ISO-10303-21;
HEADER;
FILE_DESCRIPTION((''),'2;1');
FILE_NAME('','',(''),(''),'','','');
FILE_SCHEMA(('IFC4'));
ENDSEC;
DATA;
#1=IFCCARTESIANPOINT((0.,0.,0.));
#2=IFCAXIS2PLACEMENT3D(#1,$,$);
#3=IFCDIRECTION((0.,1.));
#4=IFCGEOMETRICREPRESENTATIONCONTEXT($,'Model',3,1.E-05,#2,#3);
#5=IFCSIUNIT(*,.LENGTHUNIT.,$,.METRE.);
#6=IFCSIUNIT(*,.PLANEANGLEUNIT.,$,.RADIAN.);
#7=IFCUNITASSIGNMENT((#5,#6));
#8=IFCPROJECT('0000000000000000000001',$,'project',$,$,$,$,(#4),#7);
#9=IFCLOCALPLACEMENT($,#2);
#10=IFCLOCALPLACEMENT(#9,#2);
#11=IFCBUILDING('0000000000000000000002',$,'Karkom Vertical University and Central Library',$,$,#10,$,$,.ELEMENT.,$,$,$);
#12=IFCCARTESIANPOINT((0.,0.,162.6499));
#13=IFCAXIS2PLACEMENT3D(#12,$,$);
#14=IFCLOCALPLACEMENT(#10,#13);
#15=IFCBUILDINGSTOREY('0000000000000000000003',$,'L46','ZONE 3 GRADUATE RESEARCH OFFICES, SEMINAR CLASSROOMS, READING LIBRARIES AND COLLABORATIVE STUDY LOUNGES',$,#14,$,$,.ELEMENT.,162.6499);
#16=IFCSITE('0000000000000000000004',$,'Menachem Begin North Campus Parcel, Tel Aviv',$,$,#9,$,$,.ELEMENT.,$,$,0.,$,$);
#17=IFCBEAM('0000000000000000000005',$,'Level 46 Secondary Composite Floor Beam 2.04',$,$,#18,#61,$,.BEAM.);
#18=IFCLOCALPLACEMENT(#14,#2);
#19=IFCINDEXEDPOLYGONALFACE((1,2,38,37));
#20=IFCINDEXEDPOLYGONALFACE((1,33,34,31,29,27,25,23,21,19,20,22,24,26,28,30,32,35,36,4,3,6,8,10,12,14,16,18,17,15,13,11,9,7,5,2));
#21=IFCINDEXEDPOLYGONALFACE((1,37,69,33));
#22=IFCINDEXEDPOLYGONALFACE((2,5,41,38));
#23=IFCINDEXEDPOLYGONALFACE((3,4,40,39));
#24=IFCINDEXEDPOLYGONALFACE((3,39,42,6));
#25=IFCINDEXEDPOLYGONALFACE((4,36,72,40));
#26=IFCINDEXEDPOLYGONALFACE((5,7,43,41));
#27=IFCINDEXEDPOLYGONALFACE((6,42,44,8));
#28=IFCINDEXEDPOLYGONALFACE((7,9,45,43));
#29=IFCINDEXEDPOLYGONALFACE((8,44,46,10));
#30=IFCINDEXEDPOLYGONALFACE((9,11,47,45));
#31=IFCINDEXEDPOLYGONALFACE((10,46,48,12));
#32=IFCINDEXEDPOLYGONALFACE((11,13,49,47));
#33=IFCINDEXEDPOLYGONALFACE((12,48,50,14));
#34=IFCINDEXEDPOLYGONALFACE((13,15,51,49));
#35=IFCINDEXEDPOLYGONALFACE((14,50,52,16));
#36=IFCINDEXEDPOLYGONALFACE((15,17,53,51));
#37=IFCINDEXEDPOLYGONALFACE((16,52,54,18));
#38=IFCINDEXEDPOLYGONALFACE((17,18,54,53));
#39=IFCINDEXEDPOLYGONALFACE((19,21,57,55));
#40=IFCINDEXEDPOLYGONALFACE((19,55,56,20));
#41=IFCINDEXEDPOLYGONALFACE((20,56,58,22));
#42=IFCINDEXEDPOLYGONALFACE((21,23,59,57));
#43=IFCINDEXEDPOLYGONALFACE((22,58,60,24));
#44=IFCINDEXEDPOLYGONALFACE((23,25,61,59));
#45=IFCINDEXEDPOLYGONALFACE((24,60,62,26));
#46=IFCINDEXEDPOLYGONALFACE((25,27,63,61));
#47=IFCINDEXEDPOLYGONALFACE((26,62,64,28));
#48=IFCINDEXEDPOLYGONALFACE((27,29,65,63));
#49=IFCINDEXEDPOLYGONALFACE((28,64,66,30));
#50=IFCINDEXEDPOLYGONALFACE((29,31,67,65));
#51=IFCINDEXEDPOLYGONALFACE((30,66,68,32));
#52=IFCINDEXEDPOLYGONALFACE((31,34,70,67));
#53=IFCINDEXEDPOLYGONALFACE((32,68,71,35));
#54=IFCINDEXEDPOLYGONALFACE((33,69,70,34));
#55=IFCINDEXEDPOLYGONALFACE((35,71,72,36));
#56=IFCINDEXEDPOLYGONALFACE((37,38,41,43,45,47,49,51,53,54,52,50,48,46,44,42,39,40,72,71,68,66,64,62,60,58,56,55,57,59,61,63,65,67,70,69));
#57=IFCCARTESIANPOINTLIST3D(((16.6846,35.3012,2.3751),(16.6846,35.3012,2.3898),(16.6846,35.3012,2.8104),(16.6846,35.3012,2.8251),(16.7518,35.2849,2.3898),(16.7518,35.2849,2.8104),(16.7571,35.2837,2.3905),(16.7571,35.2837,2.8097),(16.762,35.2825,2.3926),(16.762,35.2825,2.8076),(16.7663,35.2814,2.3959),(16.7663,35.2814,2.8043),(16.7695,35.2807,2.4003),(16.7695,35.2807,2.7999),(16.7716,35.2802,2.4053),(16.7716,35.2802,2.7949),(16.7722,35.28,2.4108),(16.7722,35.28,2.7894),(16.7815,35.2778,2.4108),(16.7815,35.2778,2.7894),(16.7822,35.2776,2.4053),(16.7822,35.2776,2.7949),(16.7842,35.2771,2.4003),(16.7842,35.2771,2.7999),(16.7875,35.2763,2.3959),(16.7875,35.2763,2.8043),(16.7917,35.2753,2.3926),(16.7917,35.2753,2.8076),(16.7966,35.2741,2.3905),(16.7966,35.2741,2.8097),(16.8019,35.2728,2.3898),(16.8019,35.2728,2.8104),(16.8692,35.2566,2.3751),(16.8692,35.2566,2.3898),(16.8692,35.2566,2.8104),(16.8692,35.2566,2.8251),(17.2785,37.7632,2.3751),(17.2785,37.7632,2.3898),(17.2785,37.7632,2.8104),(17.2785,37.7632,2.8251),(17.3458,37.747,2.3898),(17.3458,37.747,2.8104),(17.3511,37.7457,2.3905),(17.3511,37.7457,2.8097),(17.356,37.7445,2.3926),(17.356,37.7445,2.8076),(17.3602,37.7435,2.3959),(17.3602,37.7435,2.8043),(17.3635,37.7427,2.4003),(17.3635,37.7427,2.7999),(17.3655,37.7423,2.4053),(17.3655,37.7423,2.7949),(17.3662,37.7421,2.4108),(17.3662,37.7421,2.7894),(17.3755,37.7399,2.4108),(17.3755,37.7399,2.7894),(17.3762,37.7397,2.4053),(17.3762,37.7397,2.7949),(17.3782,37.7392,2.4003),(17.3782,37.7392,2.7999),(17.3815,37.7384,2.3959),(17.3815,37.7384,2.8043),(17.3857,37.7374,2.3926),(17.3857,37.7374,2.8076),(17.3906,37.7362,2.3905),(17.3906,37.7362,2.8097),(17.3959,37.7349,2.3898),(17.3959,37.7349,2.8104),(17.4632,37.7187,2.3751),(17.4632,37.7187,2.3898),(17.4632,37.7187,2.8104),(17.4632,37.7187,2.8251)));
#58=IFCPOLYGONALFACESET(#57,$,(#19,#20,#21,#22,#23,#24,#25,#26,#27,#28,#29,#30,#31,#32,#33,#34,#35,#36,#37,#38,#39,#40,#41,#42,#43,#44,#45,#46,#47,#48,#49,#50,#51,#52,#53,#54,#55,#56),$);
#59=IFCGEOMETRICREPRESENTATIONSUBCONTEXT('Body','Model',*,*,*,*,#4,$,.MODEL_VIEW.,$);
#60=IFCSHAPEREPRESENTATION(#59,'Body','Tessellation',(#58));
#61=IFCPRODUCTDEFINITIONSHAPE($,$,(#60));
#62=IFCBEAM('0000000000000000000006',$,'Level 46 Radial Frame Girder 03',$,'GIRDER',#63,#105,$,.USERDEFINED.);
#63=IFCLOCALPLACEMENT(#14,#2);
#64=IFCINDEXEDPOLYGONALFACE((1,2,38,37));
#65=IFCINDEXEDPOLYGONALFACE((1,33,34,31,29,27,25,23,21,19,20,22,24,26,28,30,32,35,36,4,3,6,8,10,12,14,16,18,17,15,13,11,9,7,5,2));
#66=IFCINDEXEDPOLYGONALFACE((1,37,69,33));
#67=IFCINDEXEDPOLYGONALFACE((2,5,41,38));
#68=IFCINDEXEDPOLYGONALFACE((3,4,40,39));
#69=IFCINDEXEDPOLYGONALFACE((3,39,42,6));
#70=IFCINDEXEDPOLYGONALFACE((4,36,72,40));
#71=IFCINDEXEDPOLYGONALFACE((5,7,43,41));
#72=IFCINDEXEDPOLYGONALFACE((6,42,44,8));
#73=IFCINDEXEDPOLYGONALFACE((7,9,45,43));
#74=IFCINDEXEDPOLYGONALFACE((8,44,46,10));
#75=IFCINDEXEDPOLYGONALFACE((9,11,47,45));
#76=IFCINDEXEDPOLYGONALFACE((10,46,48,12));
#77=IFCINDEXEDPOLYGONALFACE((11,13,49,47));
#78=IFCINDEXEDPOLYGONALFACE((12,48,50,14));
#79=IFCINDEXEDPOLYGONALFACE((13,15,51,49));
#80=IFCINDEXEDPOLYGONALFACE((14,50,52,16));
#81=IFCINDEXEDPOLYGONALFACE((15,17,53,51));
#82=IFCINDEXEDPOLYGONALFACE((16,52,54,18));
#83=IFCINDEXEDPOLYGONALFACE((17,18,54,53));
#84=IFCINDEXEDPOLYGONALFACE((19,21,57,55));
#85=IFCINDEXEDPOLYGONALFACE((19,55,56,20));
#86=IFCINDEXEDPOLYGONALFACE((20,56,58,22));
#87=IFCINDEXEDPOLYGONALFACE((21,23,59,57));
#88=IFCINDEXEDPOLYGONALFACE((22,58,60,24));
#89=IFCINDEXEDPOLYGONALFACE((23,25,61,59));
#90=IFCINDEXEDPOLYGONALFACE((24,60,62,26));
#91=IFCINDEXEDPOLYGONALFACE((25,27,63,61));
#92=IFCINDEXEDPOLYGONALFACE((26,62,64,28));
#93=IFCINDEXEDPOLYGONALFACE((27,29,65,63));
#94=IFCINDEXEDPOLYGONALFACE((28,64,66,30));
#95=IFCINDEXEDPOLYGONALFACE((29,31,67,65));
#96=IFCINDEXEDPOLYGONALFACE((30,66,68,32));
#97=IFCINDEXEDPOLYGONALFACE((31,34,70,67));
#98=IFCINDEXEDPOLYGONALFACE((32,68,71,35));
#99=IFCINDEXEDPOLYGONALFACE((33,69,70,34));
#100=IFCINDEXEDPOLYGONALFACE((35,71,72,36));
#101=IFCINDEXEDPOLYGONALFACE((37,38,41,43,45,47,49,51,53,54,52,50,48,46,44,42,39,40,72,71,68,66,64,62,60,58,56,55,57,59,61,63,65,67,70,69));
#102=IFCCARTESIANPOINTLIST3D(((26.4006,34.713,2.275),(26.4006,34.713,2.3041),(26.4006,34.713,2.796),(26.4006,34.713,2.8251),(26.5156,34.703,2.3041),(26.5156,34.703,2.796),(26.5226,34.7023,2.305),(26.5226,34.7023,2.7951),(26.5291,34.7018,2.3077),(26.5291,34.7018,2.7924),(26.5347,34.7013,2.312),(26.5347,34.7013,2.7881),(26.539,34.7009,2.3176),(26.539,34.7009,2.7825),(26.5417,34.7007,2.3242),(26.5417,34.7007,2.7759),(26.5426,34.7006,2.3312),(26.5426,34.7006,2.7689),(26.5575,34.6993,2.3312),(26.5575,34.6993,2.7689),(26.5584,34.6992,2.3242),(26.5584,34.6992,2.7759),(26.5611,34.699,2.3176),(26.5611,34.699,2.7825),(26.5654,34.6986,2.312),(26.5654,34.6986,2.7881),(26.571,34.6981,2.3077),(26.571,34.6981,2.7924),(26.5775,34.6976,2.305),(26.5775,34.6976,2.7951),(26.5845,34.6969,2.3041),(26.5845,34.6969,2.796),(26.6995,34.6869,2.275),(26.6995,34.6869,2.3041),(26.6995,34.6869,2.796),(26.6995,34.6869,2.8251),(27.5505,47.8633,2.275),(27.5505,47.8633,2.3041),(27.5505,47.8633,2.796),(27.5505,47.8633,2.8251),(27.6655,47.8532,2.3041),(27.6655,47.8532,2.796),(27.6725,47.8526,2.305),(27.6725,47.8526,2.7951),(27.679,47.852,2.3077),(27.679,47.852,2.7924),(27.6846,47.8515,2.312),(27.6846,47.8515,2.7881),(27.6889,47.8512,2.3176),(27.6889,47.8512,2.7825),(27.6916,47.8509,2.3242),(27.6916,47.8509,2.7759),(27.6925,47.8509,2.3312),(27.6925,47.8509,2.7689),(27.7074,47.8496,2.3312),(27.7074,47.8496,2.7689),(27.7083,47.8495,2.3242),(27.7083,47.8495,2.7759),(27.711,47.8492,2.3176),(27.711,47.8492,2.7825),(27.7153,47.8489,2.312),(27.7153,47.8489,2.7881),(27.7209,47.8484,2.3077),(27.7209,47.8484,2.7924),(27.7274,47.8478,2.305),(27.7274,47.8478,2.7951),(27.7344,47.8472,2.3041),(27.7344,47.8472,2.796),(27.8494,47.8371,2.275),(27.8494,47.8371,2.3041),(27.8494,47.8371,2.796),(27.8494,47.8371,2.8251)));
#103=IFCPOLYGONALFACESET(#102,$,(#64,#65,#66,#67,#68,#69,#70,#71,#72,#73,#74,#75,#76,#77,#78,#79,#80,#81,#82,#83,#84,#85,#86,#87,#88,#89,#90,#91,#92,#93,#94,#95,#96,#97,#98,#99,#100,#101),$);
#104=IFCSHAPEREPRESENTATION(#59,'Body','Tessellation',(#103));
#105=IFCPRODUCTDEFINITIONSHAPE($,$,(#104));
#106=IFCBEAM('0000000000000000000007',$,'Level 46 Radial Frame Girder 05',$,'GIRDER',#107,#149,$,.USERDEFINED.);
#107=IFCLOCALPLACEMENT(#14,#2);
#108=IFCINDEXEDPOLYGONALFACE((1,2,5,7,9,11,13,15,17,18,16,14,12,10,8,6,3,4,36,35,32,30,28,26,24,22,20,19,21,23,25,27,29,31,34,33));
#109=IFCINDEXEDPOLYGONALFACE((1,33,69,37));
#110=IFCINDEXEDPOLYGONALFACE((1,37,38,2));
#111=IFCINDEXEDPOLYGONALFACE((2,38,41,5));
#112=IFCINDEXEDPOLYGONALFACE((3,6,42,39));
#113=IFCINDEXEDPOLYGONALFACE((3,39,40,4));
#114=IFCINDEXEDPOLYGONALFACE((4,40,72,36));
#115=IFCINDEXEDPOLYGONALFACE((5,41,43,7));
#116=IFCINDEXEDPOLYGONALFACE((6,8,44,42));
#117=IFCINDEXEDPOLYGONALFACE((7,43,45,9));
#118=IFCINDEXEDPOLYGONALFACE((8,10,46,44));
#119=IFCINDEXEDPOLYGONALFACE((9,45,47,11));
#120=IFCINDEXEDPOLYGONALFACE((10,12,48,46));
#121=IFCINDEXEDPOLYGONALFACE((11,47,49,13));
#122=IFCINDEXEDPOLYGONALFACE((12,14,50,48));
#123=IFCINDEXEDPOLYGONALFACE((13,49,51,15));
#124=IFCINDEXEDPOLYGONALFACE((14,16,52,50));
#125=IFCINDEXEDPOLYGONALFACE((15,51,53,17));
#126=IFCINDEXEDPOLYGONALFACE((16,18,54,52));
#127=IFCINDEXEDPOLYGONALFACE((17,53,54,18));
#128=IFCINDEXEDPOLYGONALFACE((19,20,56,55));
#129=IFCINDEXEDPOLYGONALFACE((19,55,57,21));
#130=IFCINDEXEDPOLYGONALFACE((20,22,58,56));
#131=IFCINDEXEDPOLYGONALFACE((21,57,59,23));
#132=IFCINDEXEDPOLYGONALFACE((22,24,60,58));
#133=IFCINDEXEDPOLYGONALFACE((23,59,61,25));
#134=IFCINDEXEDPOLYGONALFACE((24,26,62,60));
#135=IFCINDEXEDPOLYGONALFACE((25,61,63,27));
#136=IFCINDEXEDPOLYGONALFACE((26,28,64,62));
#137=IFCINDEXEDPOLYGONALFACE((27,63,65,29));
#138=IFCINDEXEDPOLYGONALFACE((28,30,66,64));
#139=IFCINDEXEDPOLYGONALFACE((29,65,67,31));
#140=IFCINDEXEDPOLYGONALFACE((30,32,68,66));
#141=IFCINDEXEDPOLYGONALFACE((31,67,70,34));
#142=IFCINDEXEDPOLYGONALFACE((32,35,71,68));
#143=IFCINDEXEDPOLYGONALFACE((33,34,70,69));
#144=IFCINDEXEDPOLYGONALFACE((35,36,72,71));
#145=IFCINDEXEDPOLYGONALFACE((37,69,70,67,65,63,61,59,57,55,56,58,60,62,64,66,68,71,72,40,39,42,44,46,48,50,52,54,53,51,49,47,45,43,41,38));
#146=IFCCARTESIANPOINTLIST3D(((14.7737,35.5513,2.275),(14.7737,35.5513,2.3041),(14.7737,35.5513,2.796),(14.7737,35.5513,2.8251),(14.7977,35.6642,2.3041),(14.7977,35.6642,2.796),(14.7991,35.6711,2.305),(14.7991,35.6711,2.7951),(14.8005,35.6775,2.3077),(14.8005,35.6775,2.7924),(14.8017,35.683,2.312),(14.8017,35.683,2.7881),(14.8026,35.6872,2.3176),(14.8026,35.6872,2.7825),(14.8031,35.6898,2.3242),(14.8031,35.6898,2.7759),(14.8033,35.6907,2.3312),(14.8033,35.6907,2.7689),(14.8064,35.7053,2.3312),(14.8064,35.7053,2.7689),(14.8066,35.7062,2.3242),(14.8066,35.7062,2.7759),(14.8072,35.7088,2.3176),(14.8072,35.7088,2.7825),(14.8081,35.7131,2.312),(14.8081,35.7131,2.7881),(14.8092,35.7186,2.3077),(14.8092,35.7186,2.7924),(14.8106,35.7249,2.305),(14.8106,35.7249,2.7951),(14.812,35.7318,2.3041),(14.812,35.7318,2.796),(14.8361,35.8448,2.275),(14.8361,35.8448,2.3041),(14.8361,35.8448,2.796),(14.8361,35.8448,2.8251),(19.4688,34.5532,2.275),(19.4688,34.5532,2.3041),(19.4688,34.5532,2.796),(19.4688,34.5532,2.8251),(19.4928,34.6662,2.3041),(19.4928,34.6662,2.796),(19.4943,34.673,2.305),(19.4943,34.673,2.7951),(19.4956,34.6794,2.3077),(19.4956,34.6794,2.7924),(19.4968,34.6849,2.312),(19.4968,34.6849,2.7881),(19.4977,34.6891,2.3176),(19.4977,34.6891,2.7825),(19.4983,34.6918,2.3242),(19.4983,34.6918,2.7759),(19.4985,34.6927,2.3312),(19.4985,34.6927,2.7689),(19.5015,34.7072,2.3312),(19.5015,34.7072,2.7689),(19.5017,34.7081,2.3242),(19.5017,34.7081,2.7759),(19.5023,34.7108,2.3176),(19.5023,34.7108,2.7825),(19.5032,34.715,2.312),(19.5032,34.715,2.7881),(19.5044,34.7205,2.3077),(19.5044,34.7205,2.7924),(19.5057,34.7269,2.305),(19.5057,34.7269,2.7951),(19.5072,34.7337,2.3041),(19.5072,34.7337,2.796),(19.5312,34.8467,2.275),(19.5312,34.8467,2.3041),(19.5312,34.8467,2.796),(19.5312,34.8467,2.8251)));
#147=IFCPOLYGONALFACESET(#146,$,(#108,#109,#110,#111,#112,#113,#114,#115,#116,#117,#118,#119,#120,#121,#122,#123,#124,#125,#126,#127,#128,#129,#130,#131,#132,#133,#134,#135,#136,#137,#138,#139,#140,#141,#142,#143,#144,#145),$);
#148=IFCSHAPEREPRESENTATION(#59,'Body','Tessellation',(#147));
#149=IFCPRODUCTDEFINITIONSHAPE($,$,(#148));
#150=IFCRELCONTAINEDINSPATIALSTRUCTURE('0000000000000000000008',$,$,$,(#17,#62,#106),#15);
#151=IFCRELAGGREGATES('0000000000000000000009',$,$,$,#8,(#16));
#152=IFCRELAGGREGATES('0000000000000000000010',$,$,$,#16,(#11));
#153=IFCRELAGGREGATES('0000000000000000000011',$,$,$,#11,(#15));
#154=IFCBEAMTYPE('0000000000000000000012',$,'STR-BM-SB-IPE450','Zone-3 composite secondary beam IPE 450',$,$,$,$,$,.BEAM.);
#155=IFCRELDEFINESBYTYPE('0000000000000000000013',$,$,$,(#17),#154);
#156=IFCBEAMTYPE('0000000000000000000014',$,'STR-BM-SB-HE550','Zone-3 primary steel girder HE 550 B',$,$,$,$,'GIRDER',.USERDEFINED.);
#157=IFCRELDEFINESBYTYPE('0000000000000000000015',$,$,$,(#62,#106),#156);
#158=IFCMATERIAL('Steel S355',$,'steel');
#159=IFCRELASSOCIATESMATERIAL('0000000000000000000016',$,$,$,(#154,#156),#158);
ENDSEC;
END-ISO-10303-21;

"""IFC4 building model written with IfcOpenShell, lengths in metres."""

from ifc_helpers import new_model, si_unit, direction, frame, origin, origin_with_axes, origin_2d, place, context, subcontext, project, spatial, i_section, extrude, source, transform, mapped, material, material_profile, profile_set, type_object, element, save


model = new_model("IFC4")

# Units and contexts
model_context = context("Model", 3, precision=1e-05, world=origin(), true_north=direction((0.0, 1.0)))
body_context = subcontext(model_context, "Body", "Model", "MODEL_VIEW")
ifc_project = project(units=[si_unit("LENGTHUNIT", "METRE"), si_unit("PLANEANGLEUNIT", "RADIAN")], contexts=[model_context])

# Site, building, storey
site_placement = place(None, origin())
site = spatial("IfcSite", under=ifc_project, at=site_placement, Name="Menachem Begin North Campus Parcel, Tel Aviv", CompositionType="ELEMENT", RefElevation=0.0)
building_placement = place(site_placement, origin())
building = spatial("IfcBuilding", under=site, at=building_placement, Name="Karkom Vertical University and Central Library", CompositionType="ELEMENT")
storey_placement = place(building_placement, frame((0.0, 0.0, 162.6499)))
storey = spatial("IfcBuildingStorey", under=building, at=storey_placement, Name="L46", Description="ZONE 3 GRADUATE RESEARCH OFFICES, SEMINAR CLASSROOMS, READING LIBRARIES AND COLLABORATIVE STUDY LOUNGES", CompositionType="ELEMENT", Elevation=162.6499)

# Beams
ifc_material_1 = material(Name="Steel S355", Category="steel")
ifc_material_profile_1 = material_profile(ifc_material_1, i_section(OverallWidth=0.1899, OverallDepth=0.45, WebThickness=0.0095, FlangeThickness=0.0146, FilletRadius=0.021, at=origin_2d()), Name="IPE 450")
ifc_profile_set_1 = profile_set([ifc_material_profile_1], Name="Steel S355")
beam_type_1 = type_object("IfcBeamType", Name="STR-BM-SB-IPE450", Description="Zone-3 composite secondary beam IPE 450", PredefinedType="BEAM", material=ifc_profile_set_1)
shared_shape_1 = source(origin_with_axes(), body_context, "Body", "SweptSolid", [
    extrude(i_section(OverallWidth=0.1899, OverallDepth=0.45, WebThickness=0.0095, FlangeThickness=0.0146, FilletRadius=0.021, at=origin_2d()), origin(), (0.0, 0.0, 1.0), 2.5327),
])
beam_1_placement = place(storey_placement, frame((17.3708, 37.741, 2.6001), z_axis=(-0.234521, -0.972111, 0.0), x_axis=(0.972111, -0.234521, 0.0)))
element("IfcBeam", 1, at=beam_1_placement, inside=storey, type_object=beam_type_1, Name="Level 46 Secondary Composite Floor Beam 2.04", PredefinedType="BEAM", context=body_context, shape_type="MappedRepresentation", body=[
    mapped(shared_shape_1, transform((0.0, 0.0, 0.0), scale=1.0)),
])
ifc_material_profile_2 = material_profile(ifc_material_1, i_section(OverallWidth=0.3, OverallDepth=0.55, WebThickness=0.0149, FlangeThickness=0.0291, FilletRadius=0.0271, at=origin_2d()), Name="HE 550 B")
ifc_profile_set_2 = profile_set([ifc_material_profile_2], Name="Steel S355")
beam_type_2 = type_object("IfcBeamType", Name="STR-BM-SB-HE550", Description="Zone-3 primary steel girder HE 550 B", ElementType="GIRDER", PredefinedType="USERDEFINED", material=ifc_profile_set_2)
shared_shape_2 = source(origin_with_axes(), body_context, "Body", "SweptSolid", [
    extrude(i_section(OverallWidth=0.3, OverallDepth=0.55, WebThickness=0.0149, FlangeThickness=0.0291, FilletRadius=0.0271, at=origin_2d()), origin(), (0.0, 0.0, 1.0), 13.2004),
])
beam_2_placement = place(storey_placement, frame((26.55, 34.7, 2.55), z_axis=(0.087112, 0.996199, 0.0), x_axis=(-0.996199, 0.087112, 0.0)))
element("IfcBeam", 2, at=beam_2_placement, inside=storey, type_object=beam_type_2, Name="Level 46 Radial Frame Girder 03", ObjectType="GIRDER", PredefinedType="USERDEFINED", context=body_context, shape_type="MappedRepresentation", body=[
    mapped(shared_shape_2, transform((0.0, 0.0, 0.0), scale=1.0)),
])
shared_shape_3 = source(origin_with_axes(), body_context, "Body", "SweptSolid", [
    extrude(i_section(OverallWidth=0.3, OverallDepth=0.55, WebThickness=0.0149, FlangeThickness=0.0291, FilletRadius=0.0271, at=origin_2d()), origin(), (0.0, 0.0, 1.0), 4.8),
])
beam_3_placement = place(storey_placement, frame((19.5, 34.7, 2.55), z_axis=(-0.978144, 0.207927, 0.0), x_axis=(-0.207927, -0.978144, 0.0)))
element("IfcBeam", 3, at=beam_3_placement, inside=storey, type_object=beam_type_2, Name="Level 46 Radial Frame Girder 05", ObjectType="GIRDER", PredefinedType="USERDEFINED", context=body_context, shape_type="MappedRepresentation", body=[
    mapped(shared_shape_3, transform((0.0, 0.0, 0.0), scale=1.0)),
])

save(model, "model.ifc")
